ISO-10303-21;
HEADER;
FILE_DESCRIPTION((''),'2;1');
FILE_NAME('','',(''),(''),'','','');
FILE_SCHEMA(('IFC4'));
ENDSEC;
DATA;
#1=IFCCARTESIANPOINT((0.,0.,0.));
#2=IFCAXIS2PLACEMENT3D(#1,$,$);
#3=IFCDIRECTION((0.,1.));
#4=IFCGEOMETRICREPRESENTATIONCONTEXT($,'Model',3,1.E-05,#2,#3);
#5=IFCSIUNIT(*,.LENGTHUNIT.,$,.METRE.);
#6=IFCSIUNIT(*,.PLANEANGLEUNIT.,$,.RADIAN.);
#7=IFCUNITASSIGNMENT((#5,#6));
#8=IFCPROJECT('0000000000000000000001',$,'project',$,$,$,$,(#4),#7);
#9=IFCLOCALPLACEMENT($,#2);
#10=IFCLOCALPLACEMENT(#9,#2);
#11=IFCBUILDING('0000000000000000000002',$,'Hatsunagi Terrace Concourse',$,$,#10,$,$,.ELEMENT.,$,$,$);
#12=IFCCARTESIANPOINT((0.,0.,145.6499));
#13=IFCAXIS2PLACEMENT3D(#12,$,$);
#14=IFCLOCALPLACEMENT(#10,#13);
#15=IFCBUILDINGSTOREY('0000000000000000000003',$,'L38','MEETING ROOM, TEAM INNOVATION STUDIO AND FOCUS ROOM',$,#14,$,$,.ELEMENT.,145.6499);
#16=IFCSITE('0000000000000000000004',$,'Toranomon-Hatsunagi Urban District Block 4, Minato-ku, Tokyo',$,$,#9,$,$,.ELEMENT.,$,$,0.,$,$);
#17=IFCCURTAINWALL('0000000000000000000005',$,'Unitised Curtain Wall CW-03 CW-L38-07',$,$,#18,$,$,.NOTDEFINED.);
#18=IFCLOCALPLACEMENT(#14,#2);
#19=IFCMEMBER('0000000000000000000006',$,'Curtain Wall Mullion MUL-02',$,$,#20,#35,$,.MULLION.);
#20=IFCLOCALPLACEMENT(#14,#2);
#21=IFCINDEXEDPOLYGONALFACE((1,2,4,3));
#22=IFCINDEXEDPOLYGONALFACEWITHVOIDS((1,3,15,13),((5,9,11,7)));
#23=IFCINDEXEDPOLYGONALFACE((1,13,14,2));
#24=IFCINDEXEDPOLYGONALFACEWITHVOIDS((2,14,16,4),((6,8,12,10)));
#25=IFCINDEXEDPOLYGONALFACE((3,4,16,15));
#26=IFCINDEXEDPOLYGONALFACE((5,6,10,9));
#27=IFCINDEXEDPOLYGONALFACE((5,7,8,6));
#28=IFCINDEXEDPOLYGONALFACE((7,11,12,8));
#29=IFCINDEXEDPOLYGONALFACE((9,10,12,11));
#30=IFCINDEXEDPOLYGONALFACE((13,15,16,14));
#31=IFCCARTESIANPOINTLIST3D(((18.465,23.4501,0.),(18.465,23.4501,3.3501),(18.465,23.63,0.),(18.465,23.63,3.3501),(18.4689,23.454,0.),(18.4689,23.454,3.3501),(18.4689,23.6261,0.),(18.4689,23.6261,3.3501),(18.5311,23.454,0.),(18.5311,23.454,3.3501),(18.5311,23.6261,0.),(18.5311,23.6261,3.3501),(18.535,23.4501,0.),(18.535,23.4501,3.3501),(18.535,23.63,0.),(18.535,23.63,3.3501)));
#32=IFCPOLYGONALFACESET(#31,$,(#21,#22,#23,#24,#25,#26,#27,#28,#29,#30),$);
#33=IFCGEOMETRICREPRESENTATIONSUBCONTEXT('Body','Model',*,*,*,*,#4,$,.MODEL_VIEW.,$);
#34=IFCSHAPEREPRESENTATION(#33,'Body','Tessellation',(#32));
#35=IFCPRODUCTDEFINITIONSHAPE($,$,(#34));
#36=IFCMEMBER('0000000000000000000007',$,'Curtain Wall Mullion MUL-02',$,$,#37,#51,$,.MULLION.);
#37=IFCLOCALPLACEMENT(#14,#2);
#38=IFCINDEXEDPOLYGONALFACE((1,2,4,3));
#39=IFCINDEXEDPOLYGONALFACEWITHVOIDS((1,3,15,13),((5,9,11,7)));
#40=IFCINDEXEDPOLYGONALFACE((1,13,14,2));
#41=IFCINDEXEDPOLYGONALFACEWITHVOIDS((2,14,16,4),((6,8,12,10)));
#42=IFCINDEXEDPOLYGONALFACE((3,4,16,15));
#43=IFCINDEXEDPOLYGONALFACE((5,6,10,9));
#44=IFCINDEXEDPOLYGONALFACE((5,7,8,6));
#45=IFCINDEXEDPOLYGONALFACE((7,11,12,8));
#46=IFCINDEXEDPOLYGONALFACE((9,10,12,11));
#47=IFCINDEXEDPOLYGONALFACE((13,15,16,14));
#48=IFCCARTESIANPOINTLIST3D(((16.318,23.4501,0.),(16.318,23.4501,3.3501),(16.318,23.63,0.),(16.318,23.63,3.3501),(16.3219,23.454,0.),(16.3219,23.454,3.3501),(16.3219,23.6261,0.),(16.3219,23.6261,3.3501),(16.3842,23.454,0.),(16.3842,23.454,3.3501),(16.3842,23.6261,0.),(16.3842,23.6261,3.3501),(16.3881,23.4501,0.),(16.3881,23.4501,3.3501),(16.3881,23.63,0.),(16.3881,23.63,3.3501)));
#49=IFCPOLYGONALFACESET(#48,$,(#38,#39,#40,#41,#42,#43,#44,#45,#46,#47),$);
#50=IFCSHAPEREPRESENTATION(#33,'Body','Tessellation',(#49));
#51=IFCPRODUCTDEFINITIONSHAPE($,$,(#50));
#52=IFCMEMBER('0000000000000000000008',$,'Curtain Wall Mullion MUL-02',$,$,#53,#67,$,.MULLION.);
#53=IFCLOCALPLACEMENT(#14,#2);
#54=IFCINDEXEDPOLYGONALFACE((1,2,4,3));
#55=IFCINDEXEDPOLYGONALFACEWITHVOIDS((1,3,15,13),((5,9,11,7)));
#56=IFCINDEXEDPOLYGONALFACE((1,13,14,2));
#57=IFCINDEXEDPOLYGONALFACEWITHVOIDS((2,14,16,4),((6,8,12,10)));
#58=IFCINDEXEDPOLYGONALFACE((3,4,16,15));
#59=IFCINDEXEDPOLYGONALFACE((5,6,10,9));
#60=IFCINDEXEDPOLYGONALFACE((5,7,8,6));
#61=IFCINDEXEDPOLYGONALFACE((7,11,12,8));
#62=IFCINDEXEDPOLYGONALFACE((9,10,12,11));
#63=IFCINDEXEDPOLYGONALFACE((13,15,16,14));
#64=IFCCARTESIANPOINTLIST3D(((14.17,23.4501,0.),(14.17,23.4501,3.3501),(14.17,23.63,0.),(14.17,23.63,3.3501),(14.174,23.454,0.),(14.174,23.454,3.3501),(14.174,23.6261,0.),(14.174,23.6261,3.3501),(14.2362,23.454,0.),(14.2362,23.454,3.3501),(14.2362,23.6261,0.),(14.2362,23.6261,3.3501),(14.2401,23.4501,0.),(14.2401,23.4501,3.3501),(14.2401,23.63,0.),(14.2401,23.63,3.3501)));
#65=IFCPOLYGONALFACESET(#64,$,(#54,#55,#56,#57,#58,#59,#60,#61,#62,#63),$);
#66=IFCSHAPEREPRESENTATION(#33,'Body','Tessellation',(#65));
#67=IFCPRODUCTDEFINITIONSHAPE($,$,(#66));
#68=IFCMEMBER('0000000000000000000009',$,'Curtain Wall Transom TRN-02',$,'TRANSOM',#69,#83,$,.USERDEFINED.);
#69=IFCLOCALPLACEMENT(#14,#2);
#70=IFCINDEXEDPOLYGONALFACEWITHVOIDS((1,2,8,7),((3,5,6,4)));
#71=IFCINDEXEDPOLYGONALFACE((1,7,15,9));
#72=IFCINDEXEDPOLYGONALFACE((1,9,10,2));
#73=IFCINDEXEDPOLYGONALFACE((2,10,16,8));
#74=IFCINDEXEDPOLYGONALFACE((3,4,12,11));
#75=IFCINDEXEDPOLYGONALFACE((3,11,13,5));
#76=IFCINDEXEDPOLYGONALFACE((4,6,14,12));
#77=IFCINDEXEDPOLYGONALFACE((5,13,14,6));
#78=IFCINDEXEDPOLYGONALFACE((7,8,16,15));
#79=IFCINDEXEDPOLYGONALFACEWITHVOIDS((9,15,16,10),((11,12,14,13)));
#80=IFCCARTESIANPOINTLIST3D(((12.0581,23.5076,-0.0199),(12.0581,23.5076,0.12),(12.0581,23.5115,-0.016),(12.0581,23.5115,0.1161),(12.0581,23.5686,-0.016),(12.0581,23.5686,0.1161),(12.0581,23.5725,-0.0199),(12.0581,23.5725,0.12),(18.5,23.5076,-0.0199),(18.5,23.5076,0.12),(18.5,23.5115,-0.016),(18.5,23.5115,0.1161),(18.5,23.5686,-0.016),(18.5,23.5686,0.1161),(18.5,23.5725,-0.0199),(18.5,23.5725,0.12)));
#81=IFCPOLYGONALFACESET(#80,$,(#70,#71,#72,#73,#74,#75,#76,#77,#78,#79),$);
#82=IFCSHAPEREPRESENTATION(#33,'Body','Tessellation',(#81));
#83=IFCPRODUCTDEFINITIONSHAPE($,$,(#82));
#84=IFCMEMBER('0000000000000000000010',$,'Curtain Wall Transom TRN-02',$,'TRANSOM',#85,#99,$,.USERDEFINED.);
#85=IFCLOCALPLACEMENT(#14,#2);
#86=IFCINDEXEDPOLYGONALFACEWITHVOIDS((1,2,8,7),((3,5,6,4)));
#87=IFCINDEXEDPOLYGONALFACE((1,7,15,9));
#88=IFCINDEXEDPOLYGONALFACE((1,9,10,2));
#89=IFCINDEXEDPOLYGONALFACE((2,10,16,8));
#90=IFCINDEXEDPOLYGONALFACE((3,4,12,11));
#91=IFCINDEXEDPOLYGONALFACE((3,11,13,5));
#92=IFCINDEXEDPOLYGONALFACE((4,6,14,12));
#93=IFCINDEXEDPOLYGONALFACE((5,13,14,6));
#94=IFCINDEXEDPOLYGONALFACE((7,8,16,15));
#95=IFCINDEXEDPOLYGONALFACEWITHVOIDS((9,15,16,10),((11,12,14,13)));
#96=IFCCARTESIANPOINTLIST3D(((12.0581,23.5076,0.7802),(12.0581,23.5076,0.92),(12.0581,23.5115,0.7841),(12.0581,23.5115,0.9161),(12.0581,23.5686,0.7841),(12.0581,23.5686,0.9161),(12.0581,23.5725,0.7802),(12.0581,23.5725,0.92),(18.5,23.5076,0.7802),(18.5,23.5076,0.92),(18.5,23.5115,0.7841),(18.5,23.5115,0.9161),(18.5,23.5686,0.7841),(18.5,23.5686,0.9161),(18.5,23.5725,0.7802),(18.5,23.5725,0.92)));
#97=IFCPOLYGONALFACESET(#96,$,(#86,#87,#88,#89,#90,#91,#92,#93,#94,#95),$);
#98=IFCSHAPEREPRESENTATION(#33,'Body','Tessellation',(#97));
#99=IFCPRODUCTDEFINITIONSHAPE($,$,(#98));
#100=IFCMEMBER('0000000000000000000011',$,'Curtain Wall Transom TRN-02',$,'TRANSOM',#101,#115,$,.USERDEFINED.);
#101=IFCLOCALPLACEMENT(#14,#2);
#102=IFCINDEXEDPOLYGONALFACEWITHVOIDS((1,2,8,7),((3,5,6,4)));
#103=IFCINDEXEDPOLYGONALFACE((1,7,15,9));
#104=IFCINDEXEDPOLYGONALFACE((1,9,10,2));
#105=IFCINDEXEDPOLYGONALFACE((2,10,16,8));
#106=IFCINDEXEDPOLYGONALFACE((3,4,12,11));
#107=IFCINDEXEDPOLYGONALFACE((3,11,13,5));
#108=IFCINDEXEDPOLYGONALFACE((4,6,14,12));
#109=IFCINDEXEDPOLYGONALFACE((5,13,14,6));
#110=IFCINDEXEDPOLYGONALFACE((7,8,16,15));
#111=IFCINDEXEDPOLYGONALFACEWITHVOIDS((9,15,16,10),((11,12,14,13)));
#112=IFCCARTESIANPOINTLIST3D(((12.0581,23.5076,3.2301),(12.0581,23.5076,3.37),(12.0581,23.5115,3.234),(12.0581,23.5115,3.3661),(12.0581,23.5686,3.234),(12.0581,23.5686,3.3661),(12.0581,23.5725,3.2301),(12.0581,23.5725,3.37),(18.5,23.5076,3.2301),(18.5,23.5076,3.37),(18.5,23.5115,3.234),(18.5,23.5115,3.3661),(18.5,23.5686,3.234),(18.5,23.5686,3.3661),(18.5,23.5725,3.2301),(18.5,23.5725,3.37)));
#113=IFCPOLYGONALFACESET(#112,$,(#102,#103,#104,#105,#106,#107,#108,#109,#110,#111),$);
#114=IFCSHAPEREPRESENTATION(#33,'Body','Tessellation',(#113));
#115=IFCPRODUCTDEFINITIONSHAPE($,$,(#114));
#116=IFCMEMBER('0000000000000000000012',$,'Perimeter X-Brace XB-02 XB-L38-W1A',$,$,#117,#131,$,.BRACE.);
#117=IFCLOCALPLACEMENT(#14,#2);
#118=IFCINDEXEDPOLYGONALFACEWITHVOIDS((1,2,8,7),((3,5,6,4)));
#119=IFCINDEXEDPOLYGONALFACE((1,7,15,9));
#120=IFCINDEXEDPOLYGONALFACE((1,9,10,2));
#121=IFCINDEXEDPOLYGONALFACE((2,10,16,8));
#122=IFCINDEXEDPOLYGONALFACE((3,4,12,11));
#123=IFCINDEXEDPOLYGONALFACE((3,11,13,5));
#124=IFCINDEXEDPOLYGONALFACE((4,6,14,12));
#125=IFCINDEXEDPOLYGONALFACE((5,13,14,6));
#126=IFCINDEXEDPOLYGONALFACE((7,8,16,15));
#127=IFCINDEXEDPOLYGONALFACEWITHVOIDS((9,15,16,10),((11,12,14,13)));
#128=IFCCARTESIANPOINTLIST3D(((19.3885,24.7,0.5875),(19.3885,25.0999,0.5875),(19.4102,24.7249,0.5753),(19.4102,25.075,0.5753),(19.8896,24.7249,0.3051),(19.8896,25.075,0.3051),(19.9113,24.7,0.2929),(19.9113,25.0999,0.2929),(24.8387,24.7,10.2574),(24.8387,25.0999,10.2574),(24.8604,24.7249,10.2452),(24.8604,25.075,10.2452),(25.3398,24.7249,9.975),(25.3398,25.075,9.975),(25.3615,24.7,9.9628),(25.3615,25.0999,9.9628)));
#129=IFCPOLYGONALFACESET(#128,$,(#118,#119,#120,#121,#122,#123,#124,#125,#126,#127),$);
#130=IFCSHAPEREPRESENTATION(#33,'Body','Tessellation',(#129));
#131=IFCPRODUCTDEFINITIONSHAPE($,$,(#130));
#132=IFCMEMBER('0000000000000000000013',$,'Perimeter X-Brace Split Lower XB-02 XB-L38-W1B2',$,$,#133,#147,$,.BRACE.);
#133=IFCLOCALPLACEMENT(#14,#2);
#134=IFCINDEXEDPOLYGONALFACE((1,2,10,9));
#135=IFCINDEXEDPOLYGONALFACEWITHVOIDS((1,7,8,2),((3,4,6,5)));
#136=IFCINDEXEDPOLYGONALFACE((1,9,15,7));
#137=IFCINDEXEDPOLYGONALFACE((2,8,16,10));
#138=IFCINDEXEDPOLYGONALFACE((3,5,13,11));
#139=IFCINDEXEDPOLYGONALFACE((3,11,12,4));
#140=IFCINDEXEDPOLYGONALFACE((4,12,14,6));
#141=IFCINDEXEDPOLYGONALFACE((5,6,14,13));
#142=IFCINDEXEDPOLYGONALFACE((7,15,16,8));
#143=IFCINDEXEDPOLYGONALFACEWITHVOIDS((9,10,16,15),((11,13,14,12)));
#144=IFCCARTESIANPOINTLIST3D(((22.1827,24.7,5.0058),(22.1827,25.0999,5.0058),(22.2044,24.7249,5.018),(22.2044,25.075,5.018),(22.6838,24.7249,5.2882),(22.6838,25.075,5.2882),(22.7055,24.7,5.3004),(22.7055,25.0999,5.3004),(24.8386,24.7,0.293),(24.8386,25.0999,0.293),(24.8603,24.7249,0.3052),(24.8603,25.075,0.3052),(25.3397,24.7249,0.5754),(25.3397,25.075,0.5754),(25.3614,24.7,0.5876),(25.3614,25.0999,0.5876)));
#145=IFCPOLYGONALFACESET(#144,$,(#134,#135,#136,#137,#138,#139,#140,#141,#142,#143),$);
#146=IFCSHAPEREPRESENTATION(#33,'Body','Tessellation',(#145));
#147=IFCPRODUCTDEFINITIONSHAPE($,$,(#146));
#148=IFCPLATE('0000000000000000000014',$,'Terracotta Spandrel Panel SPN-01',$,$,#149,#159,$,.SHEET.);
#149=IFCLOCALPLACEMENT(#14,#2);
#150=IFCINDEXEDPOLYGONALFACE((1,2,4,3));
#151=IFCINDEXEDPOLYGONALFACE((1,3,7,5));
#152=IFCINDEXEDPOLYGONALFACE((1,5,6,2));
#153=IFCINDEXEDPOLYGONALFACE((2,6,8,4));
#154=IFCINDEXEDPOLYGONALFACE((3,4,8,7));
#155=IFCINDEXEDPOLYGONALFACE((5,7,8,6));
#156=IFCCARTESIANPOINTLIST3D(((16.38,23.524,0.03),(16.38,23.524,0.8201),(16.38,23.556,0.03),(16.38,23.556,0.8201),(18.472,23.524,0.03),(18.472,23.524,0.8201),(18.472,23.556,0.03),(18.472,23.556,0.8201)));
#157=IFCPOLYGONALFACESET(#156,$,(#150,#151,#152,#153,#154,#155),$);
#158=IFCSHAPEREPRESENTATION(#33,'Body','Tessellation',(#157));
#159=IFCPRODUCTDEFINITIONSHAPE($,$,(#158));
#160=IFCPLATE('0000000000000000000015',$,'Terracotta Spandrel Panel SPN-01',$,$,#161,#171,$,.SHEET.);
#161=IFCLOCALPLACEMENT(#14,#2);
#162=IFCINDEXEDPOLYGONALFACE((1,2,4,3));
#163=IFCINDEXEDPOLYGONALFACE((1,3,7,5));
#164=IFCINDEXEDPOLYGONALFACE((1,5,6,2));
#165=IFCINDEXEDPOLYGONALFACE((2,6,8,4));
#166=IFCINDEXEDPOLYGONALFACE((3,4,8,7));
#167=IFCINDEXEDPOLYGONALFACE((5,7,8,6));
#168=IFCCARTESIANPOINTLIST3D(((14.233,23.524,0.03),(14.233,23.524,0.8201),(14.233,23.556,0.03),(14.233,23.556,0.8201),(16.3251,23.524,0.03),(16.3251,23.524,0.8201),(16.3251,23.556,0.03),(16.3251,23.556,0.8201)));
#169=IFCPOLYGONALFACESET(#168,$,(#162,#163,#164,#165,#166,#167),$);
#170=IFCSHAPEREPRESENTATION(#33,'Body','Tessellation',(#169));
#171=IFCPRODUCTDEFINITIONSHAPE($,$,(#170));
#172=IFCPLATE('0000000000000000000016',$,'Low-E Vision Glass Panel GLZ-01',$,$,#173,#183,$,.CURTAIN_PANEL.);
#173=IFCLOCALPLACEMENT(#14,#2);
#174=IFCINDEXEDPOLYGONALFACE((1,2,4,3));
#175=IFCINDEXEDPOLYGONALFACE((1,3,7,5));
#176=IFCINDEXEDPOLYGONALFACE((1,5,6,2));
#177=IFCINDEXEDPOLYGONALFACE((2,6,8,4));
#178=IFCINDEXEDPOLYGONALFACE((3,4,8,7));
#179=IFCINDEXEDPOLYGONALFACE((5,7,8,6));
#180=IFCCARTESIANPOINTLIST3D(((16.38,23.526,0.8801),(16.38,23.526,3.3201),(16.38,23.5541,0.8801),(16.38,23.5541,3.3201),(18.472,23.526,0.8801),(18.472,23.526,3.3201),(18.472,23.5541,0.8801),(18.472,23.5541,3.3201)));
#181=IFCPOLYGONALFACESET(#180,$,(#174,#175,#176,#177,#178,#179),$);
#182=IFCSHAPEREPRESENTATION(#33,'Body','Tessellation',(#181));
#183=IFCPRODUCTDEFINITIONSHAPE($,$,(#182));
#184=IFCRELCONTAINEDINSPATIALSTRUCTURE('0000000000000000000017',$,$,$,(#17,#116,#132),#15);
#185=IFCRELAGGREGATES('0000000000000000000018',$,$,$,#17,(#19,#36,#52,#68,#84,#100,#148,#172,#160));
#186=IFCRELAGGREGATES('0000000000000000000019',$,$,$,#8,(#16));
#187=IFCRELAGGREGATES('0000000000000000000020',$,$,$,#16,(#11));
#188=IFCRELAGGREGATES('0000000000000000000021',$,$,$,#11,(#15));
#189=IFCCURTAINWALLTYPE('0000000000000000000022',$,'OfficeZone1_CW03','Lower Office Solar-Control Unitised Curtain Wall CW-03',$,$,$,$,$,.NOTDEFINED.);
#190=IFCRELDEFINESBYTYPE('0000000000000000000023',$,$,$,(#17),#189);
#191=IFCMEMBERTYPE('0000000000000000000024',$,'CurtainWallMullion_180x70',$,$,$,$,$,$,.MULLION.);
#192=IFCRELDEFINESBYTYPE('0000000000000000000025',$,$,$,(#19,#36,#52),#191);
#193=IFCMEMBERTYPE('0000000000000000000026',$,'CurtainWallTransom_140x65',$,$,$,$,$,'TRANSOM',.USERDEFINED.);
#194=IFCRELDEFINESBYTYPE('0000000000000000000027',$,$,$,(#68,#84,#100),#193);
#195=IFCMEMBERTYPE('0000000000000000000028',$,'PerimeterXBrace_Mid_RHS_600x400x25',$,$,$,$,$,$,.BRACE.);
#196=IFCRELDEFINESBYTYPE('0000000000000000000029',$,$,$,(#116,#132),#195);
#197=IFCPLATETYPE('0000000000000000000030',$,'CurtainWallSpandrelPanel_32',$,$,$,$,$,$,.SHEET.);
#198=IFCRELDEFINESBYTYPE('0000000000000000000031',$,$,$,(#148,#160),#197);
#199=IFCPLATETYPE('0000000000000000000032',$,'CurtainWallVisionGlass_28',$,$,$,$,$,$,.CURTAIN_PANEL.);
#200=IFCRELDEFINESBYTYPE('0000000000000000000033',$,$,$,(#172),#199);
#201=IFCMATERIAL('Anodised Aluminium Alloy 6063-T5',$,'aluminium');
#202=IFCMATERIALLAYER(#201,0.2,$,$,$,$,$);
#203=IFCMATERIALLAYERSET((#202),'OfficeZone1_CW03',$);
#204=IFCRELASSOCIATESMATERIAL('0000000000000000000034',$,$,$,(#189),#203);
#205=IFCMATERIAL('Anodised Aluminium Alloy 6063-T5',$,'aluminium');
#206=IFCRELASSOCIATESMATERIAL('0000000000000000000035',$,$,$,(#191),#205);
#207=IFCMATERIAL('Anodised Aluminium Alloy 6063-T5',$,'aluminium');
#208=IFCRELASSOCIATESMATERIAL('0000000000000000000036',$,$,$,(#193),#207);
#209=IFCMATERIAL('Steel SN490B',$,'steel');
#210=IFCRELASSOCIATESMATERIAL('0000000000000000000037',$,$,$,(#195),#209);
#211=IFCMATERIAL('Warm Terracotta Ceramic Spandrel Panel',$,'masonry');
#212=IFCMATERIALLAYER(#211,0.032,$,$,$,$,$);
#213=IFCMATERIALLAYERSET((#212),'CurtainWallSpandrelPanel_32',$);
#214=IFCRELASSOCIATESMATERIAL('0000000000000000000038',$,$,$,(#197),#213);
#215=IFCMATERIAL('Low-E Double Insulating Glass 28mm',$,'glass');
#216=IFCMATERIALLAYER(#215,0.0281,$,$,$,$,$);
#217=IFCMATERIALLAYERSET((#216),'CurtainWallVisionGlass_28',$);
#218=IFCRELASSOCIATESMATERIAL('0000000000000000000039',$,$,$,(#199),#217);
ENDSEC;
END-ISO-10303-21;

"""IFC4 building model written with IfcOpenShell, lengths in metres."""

from ifc_helpers import new_model, si_unit, direction, frame, origin, origin_2d, place, context, subcontext, project, spatial, rectangle, hollow_rectangle, extrude, material, layer, layer_set, material_profile, profile_set, type_object, element, aggregate, save


model = new_model("IFC4")

# Units and contexts
model_context = context("Model", 3, precision=1e-05, world=origin(), true_north=direction((0.0, 1.0)))
body_context = subcontext(model_context, "Body", "Model", "MODEL_VIEW")
ifc_project = project(units=[si_unit("LENGTHUNIT", "METRE"), si_unit("PLANEANGLEUNIT", "RADIAN")], contexts=[model_context])

# Site, building, storey
site_placement = place(None, origin())
site = spatial("IfcSite", under=ifc_project, at=site_placement, Name="Toranomon-Hatsunagi Urban District Block 4, Minato-ku, Tokyo", CompositionType="ELEMENT", RefElevation=0.0)
building_placement = place(site_placement, origin())
building = spatial("IfcBuilding", under=site, at=building_placement, Name="Hatsunagi Terrace Concourse", CompositionType="ELEMENT")
storey_placement = place(building_placement, frame((0.0, 0.0, 145.6499)))
storey = spatial("IfcBuildingStorey", under=building, at=storey_placement, Name="L38", Description="MEETING ROOM, TEAM INNOVATION STUDIO AND FOCUS ROOM", CompositionType="ELEMENT", Elevation=145.6499)

# Curtain wall, members
ifc_material_1 = material(Name="Anodised Aluminium Alloy 6063-T5", Category="aluminium")
ifc_layer_1 = layer(ifc_material_1, 0.2)
ifc_layer_set_1 = layer_set([ifc_layer_1], Name="OfficeZone1_CW03")
curtain_wall_type = type_object("IfcCurtainWallType", Name="OfficeZone1_CW03", Description="Lower Office Solar-Control Unitised Curtain Wall CW-03", PredefinedType="NOTDEFINED", material=ifc_layer_set_1)
curtain_wall_placement = place(storey_placement, origin())
curtain_wall = element("IfcCurtainWall", 1, at=curtain_wall_placement, inside=storey, type_object=curtain_wall_type, Name="Unitised Curtain Wall CW-03 CW-L38-07", PredefinedType="NOTDEFINED")
ifc_material_2 = material(Name="Anodised Aluminium Alloy 6063-T5", Category="aluminium")
ifc_material_profile_1 = material_profile(ifc_material_2, hollow_rectangle(XDim=0.0701, YDim=0.1799, WallThickness=0.0039, at=origin_2d()), Name="ALU-MUL-180x70x4")
ifc_profile_set_1 = profile_set([ifc_material_profile_1], Name="Anodised Aluminium Alloy 6063-T5")
member_type_1 = type_object("IfcMemberType", Name="CurtainWallMullion_180x70", PredefinedType="MULLION", material=ifc_profile_set_1)
member_1_placement = place(storey_placement, frame((18.5, 23.54, 0.0), z_axis=(0.0, 0.0, 1.0), x_axis=(-1.0, 0.0, 0.0)))
member_1 = element("IfcMember", 2, at=member_1_placement, type_object=member_type_1, Name="Curtain Wall Mullion MUL-02", PredefinedType="MULLION", context=body_context, shape_type="SweptSolid", body=[
    extrude(hollow_rectangle(XDim=0.0701, YDim=0.1799, WallThickness=0.0039, at=origin_2d()), origin(), (0.0, 0.0, 1.0), 3.3501),
])
member_2_placement = place(storey_placement, frame((16.353, 23.54, 0.0), z_axis=(0.0, 0.0, 1.0), x_axis=(-1.0, 0.0, 0.0)))
member_2 = element("IfcMember", 3, at=member_2_placement, type_object=member_type_1, Name="Curtain Wall Mullion MUL-02", PredefinedType="MULLION", context=body_context, shape_type="SweptSolid", body=[
    extrude(hollow_rectangle(XDim=0.0701, YDim=0.1799, WallThickness=0.0039, at=origin_2d()), origin(), (0.0, 0.0, 1.0), 3.3501),
])
member_3_placement = place(storey_placement, frame((14.2051, 23.54, 0.0), z_axis=(0.0, 0.0, 1.0), x_axis=(-1.0, 0.0, 0.0)))
member_3 = element("IfcMember", 4, at=member_3_placement, type_object=member_type_1, Name="Curtain Wall Mullion MUL-02", PredefinedType="MULLION", context=body_context, shape_type="SweptSolid", body=[
    extrude(hollow_rectangle(XDim=0.0701, YDim=0.1799, WallThickness=0.0039, at=origin_2d()), origin(), (0.0, 0.0, 1.0), 3.3501),
])
ifc_material_3 = material(Name="Anodised Aluminium Alloy 6063-T5", Category="aluminium")
ifc_material_profile_2 = material_profile(ifc_material_3, hollow_rectangle(XDim=0.0649, YDim=0.1399, WallThickness=0.0039, at=origin_2d()), Name="ALU-TRN-140x65x4")
ifc_profile_set_2 = profile_set([ifc_material_profile_2], Name="Anodised Aluminium Alloy 6063-T5")
member_type_2 = type_object("IfcMemberType", Name="CurtainWallTransom_140x65", ElementType="TRANSOM", PredefinedType="USERDEFINED", material=ifc_profile_set_2)
member_4_placement = place(storey_placement, frame((18.5, 23.54, 0.05), z_axis=(-1.0, 0.0, 0.0), x_axis=(0.0, -1.0, 0.0)))
member_4 = element("IfcMember", 5, at=member_4_placement, type_object=member_type_2, Name="Curtain Wall Transom TRN-02", ObjectType="TRANSOM", PredefinedType="USERDEFINED", context=body_context, shape_type="SweptSolid", body=[
    extrude(hollow_rectangle(XDim=0.0649, YDim=0.1399, WallThickness=0.0039, at=origin_2d()), origin(), (0.0, 0.0, 1.0), 6.4419),
])
member_5_placement = place(storey_placement, frame((18.5, 23.54, 0.8501), z_axis=(-1.0, 0.0, 0.0), x_axis=(0.0, -1.0, 0.0)))
member_5 = element("IfcMember", 6, at=member_5_placement, type_object=member_type_2, Name="Curtain Wall Transom TRN-02", ObjectType="TRANSOM", PredefinedType="USERDEFINED", context=body_context, shape_type="SweptSolid", body=[
    extrude(hollow_rectangle(XDim=0.0649, YDim=0.1399, WallThickness=0.0039, at=origin_2d()), origin(), (0.0, 0.0, 1.0), 6.4419),
])
member_6_placement = place(storey_placement, frame((18.5, 23.54, 3.3), z_axis=(-1.0, 0.0, 0.0), x_axis=(0.0, -1.0, 0.0)))
member_6 = element("IfcMember", 7, at=member_6_placement, type_object=member_type_2, Name="Curtain Wall Transom TRN-02", ObjectType="TRANSOM", PredefinedType="USERDEFINED", context=body_context, shape_type="SweptSolid", body=[
    extrude(hollow_rectangle(XDim=0.0649, YDim=0.1399, WallThickness=0.0039, at=origin_2d()), origin(), (0.0, 0.0, 1.0), 6.4419),
])

# Members
ifc_material_4 = material(Name="Steel SN490B", Category="steel")
ifc_material_profile_3 = material_profile(ifc_material_4, hollow_rectangle(XDim=0.3999, YDim=0.6001, WallThickness=0.0249, at=origin_2d()), Name="RHS-600x400x25")
ifc_profile_set_3 = profile_set([ifc_material_profile_3], Name="Steel SN490B")
member_type_3 = type_object("IfcMemberType", Name="PerimeterXBrace_Mid_RHS_600x400x25", PredefinedType="BRACE", material=ifc_profile_set_3)
member_7_placement = place(storey_placement, frame((19.6499, 24.8999, 0.4402), z_axis=(0.491005, 0.0, 0.871157), x_axis=(0.0, 1.0, 0.0)))
element("IfcMember", 8, at=member_7_placement, inside=storey, type_object=member_type_3, Name="Perimeter X-Brace XB-02 XB-L38-W1A", PredefinedType="BRACE", context=body_context, shape_type="SweptSolid", body=[
    extrude(hollow_rectangle(XDim=0.3999, YDim=0.6001, WallThickness=0.0249, at=origin_2d()), origin(), (0.0, 0.0, 1.0), 11.1001),
])
member_8_placement = place(storey_placement, frame((22.4441, 24.8999, 5.1531), z_axis=(0.490964, 0.0, -0.87118), x_axis=(0.0, 1.0, 0.0)))
element("IfcMember", 9, at=member_8_placement, inside=storey, type_object=member_type_3, Name="Perimeter X-Brace Split Lower XB-02 XB-L38-W1B2", PredefinedType="BRACE", context=body_context, shape_type="SweptSolid", body=[
    extrude(hollow_rectangle(XDim=0.3999, YDim=0.6001, WallThickness=0.0249, at=origin_2d()), origin(), (0.0, 0.0, 1.0), 5.4097),
])

# Plates
ifc_material_5 = material(Name="Warm Terracotta Ceramic Spandrel Panel", Category="masonry")
ifc_layer_2 = layer(ifc_material_5, 0.032)
ifc_layer_set_2 = layer_set([ifc_layer_2], Name="CurtainWallSpandrelPanel_32")
plate_type_1 = type_object("IfcPlateType", Name="CurtainWallSpandrelPanel_32", PredefinedType="SHEET", material=ifc_layer_set_2)
plate_1_placement = place(storey_placement, frame((17.426, 23.54, 0.03), z_axis=(0.0, 0.0, 1.0), x_axis=(-1.0, 0.0, 0.0)))
plate_1 = element("IfcPlate", 10, at=plate_1_placement, type_object=plate_type_1, Name="Terracotta Spandrel Panel SPN-01", PredefinedType="SHEET", context=body_context, shape_type="SweptSolid", body=[
    extrude(rectangle(XDim=2.092, YDim=0.032, at=origin_2d()), origin(), (0.0, 0.0, 1.0), 0.79),
])
plate_2_placement = place(storey_placement, frame((15.2791, 23.54, 0.03), z_axis=(0.0, 0.0, 1.0), x_axis=(-1.0, 0.0, 0.0)))
plate_2 = element("IfcPlate", 11, at=plate_2_placement, type_object=plate_type_1, Name="Terracotta Spandrel Panel SPN-01", PredefinedType="SHEET", context=body_context, shape_type="SweptSolid", body=[
    extrude(rectangle(XDim=2.092, YDim=0.032, at=origin_2d()), origin(), (0.0, 0.0, 1.0), 0.79),
])
ifc_material_6 = material(Name="Low-E Double Insulating Glass 28mm", Category="glass")
ifc_layer_3 = layer(ifc_material_6, 0.0281)
ifc_layer_set_3 = layer_set([ifc_layer_3], Name="CurtainWallVisionGlass_28")
plate_type_2 = type_object("IfcPlateType", Name="CurtainWallVisionGlass_28", PredefinedType="CURTAIN_PANEL", material=ifc_layer_set_3)
plate_3_placement = place(storey_placement, frame((17.426, 23.54, 0.8801), z_axis=(0.0, 0.0, 1.0), x_axis=(-1.0, 0.0, 0.0)))
plate_3 = element("IfcPlate", 12, at=plate_3_placement, type_object=plate_type_2, Name="Low-E Vision Glass Panel GLZ-01", PredefinedType="CURTAIN_PANEL", context=body_context, shape_type="SweptSolid", body=[
    extrude(rectangle(XDim=2.092, YDim=0.0281, at=origin_2d()), origin(), (0.0, 0.0, 1.0), 2.4399),
])
aggregate(curtain_wall, [member_1, member_2, member_3, member_4, member_5, member_6, plate_1, plate_3, plate_2])

save(model, "model.ifc")
